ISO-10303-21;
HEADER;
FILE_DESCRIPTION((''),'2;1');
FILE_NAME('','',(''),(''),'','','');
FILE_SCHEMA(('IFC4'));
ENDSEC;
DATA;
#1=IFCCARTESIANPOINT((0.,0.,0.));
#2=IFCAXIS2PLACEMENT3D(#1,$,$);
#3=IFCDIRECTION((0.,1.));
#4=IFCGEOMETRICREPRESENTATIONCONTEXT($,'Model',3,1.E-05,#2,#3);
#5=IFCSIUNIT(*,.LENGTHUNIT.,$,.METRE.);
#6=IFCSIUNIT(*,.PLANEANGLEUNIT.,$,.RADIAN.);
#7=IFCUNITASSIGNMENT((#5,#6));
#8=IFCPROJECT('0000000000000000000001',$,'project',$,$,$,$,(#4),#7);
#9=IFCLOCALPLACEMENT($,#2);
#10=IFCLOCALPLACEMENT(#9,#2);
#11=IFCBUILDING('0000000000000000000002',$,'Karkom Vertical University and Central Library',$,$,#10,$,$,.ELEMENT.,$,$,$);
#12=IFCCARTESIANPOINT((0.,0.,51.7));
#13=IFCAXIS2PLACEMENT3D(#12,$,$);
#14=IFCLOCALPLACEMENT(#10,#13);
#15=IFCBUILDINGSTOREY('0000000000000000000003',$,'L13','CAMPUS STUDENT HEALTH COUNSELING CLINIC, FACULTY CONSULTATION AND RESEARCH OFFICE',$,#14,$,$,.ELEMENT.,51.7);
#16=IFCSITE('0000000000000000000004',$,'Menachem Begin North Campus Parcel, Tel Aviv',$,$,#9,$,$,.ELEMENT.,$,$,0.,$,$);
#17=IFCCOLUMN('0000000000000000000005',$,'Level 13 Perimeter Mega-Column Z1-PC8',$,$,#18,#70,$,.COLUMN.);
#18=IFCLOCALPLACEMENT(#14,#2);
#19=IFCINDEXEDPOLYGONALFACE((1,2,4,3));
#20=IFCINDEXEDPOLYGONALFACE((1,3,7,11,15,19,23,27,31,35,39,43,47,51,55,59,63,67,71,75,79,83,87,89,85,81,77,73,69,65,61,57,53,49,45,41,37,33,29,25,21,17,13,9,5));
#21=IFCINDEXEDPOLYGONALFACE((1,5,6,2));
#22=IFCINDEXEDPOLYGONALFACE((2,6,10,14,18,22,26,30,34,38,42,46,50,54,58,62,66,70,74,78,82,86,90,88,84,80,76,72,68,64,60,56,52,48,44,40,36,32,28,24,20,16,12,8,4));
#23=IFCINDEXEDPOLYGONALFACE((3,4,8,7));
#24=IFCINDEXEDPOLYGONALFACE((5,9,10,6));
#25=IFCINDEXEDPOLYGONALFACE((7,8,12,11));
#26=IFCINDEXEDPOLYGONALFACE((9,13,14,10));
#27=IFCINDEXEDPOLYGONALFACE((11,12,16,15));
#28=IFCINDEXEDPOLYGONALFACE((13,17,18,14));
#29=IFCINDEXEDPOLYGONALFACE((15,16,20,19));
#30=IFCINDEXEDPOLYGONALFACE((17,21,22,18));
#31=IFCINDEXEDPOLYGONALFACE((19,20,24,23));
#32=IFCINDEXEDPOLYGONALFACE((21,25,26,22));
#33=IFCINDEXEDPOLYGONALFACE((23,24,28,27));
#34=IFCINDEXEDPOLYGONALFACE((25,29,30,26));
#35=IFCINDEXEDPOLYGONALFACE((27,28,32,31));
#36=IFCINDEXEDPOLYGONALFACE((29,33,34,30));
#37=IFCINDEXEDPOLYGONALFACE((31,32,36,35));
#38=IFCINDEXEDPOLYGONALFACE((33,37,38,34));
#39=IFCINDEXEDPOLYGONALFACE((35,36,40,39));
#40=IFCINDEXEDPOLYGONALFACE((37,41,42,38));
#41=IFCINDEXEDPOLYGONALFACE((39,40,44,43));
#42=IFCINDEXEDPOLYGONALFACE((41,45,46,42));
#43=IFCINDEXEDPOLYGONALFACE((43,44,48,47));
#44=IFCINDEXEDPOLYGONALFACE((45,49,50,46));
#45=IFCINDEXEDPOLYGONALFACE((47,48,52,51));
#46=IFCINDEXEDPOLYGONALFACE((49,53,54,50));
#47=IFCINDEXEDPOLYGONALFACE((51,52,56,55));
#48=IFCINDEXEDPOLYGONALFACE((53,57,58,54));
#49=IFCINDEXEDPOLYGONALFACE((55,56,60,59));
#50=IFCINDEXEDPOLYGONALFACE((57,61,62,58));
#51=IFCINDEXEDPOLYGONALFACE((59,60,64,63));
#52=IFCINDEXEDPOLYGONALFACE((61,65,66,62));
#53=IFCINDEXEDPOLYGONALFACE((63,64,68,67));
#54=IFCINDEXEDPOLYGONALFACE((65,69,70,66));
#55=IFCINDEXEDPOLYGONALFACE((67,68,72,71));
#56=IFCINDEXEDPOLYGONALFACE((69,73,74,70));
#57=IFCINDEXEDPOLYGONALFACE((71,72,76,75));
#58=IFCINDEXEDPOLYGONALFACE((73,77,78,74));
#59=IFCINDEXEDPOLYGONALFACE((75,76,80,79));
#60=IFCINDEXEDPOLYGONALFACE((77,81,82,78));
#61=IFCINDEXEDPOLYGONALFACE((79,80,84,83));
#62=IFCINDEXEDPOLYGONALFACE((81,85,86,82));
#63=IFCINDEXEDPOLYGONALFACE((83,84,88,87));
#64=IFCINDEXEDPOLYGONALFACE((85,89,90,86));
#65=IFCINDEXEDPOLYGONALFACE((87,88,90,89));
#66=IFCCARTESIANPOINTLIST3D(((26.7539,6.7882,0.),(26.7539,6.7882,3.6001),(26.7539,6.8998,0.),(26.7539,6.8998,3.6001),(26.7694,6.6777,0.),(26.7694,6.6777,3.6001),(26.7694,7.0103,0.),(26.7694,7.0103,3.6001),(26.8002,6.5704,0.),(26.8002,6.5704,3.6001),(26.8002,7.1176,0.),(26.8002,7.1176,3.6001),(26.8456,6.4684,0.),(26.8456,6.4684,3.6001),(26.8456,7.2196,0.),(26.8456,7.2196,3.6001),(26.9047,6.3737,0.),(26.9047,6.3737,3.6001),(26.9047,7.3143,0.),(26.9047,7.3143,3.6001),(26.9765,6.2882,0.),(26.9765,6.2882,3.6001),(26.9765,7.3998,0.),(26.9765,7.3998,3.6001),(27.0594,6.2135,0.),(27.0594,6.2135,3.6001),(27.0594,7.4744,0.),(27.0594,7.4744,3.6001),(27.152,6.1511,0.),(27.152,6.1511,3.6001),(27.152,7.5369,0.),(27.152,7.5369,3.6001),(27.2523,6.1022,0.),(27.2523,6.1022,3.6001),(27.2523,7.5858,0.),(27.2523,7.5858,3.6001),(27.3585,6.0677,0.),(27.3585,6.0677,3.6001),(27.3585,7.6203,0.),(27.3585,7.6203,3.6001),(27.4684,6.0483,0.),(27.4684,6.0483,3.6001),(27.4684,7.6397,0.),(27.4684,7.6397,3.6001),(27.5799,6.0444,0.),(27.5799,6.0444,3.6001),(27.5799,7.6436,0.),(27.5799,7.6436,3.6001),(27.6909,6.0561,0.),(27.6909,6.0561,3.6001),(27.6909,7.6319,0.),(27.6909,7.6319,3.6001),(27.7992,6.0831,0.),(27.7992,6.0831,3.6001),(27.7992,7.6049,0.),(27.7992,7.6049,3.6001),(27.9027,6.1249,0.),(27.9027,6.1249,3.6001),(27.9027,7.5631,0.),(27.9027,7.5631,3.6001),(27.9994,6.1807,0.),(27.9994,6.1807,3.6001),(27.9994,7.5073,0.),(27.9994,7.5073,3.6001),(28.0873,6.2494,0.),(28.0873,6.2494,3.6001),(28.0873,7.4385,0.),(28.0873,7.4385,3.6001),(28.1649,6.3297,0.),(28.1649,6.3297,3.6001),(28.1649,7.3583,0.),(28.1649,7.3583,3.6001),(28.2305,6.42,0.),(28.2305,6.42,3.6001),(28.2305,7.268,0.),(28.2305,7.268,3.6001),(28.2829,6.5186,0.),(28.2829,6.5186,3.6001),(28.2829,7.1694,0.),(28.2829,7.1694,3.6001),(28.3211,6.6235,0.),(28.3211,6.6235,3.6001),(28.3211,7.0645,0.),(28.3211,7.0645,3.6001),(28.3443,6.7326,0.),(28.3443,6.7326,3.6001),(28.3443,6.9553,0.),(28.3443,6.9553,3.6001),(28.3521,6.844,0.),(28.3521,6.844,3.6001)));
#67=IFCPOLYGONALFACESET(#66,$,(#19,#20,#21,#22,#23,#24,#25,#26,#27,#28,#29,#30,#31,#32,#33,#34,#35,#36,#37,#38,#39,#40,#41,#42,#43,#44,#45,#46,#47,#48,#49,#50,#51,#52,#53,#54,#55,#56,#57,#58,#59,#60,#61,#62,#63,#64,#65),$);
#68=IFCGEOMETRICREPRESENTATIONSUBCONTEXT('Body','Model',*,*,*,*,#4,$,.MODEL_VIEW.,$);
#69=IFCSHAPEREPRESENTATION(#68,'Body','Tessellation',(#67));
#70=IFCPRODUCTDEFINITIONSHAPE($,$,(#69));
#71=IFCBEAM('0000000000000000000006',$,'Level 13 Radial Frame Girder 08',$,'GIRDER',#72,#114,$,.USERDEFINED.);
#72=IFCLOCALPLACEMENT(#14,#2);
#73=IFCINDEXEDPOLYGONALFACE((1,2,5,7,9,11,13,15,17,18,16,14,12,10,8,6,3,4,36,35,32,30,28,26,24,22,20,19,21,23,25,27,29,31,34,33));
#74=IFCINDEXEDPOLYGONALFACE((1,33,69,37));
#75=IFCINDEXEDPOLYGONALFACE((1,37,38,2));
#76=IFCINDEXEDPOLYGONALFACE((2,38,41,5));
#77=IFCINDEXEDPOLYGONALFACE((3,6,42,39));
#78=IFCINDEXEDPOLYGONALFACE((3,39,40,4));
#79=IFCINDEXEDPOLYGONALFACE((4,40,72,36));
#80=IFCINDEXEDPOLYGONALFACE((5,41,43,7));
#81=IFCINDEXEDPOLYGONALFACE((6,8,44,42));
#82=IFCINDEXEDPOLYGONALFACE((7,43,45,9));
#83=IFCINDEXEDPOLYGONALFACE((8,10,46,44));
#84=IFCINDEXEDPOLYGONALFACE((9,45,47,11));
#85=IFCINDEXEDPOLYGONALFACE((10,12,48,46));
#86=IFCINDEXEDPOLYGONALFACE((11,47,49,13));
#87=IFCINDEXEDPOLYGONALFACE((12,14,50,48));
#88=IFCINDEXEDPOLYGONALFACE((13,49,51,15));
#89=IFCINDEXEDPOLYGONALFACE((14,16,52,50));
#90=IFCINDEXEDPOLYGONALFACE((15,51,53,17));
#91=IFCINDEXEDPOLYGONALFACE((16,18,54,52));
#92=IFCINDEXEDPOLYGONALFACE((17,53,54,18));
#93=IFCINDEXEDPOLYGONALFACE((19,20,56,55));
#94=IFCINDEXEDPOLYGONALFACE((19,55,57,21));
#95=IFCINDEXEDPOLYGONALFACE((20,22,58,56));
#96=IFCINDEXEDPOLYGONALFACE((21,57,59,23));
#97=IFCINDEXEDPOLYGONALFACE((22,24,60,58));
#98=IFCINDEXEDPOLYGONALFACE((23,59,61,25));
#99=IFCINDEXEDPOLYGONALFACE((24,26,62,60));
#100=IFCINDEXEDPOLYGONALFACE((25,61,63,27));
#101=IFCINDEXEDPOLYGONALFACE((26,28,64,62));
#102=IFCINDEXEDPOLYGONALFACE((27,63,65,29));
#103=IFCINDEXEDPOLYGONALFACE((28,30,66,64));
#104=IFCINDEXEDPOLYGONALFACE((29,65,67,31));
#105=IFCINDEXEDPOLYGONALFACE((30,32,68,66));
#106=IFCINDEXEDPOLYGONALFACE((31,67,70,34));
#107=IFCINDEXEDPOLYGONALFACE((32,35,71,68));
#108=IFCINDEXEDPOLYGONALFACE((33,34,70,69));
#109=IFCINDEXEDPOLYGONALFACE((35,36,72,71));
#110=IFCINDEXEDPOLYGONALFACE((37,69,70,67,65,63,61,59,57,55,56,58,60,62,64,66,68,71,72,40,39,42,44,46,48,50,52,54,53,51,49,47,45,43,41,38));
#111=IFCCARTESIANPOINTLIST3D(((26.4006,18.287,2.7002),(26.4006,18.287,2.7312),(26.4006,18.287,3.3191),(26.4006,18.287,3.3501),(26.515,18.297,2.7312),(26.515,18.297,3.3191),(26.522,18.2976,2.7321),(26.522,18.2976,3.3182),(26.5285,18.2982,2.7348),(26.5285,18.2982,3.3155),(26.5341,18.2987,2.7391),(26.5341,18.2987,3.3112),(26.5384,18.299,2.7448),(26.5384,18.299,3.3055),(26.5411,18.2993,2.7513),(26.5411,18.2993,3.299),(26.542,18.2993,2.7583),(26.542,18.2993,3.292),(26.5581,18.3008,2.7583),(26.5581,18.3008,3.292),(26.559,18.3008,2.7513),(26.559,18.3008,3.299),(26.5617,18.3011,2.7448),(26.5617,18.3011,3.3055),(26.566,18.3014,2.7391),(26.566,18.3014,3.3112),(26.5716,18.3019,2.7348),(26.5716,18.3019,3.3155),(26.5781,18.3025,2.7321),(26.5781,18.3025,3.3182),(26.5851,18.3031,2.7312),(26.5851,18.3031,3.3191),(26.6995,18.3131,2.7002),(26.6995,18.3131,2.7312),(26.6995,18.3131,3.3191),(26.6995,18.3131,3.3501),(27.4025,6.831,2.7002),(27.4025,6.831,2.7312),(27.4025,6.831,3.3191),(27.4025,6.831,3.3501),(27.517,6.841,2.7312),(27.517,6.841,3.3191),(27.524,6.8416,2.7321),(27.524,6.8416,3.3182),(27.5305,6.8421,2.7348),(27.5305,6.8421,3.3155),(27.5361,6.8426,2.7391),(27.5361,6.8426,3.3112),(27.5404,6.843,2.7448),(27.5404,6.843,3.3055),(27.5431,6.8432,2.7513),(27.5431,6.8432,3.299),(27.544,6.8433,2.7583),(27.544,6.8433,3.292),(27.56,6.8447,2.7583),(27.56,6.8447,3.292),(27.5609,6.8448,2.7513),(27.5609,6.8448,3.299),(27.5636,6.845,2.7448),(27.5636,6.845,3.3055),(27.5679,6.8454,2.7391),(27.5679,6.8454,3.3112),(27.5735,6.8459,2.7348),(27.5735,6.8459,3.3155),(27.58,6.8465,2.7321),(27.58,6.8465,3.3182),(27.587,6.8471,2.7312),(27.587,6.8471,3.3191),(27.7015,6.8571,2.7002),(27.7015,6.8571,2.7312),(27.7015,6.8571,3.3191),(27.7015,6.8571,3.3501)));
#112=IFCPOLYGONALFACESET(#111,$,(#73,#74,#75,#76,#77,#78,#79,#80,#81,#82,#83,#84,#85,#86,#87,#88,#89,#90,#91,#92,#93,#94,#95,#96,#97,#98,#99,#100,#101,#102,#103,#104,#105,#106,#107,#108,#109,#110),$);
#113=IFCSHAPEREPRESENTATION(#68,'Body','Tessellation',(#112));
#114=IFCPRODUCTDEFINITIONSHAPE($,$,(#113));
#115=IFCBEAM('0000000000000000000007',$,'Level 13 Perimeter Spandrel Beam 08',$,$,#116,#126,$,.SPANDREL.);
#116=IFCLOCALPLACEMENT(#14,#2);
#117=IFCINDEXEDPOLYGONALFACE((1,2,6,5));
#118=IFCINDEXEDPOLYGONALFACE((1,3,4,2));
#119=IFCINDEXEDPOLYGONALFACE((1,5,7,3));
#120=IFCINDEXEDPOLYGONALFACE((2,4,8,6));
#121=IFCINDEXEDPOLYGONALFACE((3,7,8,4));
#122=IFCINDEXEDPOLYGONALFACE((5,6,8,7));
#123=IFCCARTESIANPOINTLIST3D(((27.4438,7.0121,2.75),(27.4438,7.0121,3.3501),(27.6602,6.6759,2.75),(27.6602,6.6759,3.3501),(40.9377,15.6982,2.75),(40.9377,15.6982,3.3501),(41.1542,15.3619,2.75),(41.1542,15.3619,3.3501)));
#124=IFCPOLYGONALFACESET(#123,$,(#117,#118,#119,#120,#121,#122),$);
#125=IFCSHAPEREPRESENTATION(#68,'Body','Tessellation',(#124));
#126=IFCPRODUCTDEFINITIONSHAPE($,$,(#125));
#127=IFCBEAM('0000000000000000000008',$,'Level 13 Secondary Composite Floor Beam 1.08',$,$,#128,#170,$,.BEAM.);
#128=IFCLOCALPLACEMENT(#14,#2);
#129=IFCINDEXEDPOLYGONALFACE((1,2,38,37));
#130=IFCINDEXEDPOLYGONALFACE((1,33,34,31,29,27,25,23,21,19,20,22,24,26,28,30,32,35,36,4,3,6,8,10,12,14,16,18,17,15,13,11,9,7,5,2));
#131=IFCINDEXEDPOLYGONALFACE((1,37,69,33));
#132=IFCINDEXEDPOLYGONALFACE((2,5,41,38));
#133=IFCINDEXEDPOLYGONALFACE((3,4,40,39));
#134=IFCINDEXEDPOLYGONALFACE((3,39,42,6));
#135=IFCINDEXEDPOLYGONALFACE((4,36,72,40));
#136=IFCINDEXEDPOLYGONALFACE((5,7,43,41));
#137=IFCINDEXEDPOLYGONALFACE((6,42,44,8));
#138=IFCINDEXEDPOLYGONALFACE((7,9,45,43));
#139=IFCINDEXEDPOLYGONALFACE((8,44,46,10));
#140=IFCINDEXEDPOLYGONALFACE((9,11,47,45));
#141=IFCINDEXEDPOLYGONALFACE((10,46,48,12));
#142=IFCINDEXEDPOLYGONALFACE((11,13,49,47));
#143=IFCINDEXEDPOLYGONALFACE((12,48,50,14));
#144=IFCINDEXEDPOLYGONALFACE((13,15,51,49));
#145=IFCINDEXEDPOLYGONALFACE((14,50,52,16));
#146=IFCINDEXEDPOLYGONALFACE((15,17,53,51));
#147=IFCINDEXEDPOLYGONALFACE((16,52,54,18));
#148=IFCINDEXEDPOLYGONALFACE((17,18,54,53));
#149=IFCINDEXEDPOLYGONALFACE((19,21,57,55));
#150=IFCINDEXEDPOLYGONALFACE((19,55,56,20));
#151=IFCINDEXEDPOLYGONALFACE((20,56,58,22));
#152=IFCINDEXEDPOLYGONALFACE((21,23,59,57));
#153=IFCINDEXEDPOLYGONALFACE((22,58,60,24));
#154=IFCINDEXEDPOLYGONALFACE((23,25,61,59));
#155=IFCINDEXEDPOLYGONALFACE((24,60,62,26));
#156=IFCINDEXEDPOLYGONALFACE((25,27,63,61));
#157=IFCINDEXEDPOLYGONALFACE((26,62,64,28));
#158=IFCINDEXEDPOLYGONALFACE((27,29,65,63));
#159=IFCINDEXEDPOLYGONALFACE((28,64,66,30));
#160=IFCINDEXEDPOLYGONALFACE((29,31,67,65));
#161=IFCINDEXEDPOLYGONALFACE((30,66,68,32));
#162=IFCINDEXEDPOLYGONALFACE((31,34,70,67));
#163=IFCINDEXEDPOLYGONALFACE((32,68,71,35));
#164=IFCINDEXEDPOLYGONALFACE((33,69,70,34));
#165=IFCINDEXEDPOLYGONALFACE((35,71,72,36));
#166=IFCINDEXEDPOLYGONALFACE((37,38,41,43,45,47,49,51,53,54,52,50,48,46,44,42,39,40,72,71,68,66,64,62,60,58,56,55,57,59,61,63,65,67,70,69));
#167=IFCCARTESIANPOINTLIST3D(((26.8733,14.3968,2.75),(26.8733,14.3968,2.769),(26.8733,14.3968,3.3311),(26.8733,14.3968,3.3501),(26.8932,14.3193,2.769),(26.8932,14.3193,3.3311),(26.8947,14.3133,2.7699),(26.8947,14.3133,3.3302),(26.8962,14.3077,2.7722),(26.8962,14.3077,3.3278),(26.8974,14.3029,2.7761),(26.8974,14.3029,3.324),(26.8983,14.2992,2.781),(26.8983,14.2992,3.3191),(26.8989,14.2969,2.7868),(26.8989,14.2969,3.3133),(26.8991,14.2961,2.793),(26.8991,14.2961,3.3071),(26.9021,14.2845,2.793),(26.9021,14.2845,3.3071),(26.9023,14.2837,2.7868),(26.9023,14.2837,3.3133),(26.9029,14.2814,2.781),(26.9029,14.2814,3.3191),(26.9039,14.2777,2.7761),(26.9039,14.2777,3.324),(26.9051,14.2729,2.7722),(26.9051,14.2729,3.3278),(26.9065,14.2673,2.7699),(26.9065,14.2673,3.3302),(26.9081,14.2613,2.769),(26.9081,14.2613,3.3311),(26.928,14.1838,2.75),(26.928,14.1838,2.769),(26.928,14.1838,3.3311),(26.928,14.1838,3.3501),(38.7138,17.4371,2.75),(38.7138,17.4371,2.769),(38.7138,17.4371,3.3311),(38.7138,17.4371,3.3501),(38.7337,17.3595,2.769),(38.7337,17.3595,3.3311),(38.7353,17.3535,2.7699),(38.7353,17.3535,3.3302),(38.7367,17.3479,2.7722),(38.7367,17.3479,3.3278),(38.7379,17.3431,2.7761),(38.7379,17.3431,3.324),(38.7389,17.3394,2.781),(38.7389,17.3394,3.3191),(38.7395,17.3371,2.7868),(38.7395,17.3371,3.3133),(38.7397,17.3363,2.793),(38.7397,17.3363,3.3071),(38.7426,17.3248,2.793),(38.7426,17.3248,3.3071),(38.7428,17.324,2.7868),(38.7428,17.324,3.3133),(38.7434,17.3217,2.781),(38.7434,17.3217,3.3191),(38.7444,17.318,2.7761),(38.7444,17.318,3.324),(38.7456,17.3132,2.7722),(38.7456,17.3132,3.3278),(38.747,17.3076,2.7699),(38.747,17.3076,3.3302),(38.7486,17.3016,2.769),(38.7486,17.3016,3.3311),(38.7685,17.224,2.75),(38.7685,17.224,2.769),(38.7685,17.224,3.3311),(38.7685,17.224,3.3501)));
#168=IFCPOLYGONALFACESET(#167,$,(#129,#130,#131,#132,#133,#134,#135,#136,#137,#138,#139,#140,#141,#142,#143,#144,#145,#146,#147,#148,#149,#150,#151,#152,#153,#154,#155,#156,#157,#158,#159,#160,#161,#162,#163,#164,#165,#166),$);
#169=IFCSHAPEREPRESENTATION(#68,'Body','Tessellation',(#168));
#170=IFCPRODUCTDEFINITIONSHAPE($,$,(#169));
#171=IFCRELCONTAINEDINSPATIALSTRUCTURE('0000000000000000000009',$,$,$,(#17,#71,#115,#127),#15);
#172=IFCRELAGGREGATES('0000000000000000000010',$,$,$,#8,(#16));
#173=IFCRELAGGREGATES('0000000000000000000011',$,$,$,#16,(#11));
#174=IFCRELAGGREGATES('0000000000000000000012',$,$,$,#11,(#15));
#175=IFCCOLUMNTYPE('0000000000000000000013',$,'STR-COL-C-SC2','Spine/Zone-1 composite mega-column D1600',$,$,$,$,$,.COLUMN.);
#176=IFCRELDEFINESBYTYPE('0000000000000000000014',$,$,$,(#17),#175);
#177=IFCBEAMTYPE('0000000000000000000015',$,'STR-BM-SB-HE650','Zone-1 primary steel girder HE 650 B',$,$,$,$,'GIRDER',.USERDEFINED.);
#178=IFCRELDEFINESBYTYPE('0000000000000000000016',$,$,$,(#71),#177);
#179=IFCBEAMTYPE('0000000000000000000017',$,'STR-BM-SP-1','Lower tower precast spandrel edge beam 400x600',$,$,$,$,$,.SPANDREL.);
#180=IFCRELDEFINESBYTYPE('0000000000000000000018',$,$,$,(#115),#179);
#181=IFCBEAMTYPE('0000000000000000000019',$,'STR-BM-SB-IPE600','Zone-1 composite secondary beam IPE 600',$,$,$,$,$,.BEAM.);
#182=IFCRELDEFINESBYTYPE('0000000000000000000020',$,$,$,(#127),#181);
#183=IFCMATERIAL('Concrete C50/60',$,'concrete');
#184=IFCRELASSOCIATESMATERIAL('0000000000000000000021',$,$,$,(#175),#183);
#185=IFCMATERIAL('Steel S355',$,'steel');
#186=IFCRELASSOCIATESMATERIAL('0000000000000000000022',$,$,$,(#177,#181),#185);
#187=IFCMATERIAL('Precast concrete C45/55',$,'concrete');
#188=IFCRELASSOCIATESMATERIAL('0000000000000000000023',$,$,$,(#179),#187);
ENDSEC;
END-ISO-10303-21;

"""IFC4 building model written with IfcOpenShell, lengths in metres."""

from ifc_helpers import new_model, si_unit, direction, frame, origin, origin_with_axes, origin_2d, place, context, subcontext, project, spatial, rectangle, circle, i_section, extrude, source, transform, mapped, material, material_profile, profile_set, type_object, element, save


model = new_model("IFC4")

# Units and contexts
model_context = context("Model", 3, precision=1e-05, world=origin(), true_north=direction((0.0, 1.0)))
body_context = subcontext(model_context, "Body", "Model", "MODEL_VIEW")
ifc_project = project(units=[si_unit("LENGTHUNIT", "METRE"), si_unit("PLANEANGLEUNIT", "RADIAN")], contexts=[model_context])

# Site, building, storey
site_placement = place(None, origin())
site = spatial("IfcSite", under=ifc_project, at=site_placement, Name="Menachem Begin North Campus Parcel, Tel Aviv", CompositionType="ELEMENT", RefElevation=0.0)
building_placement = place(site_placement, origin())
building = spatial("IfcBuilding", under=site, at=building_placement, Name="Karkom Vertical University and Central Library", CompositionType="ELEMENT")
storey_placement = place(building_placement, frame((0.0, 0.0, 51.7)))
storey = spatial("IfcBuildingStorey", under=building, at=storey_placement, Name="L13", Description="CAMPUS STUDENT HEALTH COUNSELING CLINIC, FACULTY CONSULTATION AND RESEARCH OFFICE", CompositionType="ELEMENT", Elevation=51.7)

# Column
ifc_material_1 = material(Name="Concrete C50/60", Category="concrete")
ifc_material_profile_1 = material_profile(ifc_material_1, circle(Radius=0.8, at=origin_2d()), Name="CFT-D1600")
ifc_profile_set_1 = profile_set([ifc_material_profile_1], Name="Concrete C50/60")
column_type = type_object("IfcColumnType", Name="STR-COL-C-SC2", Description="Spine/Zone-1 composite mega-column D1600", PredefinedType="COLUMN", material=ifc_profile_set_1)
shared_shape_1 = source(origin_with_axes(), body_context, "Body", "SweptSolid", [
    extrude(circle(Radius=0.8, at=origin_2d()), origin(), (0.0, 0.0, 1.0), 3.6001),
])
column_placement = place(storey_placement, frame((27.552, 6.844, 0.0), z_axis=(0.0, 0.0, 1.0), x_axis=(1.0, 0.0, 0.0)))
element("IfcColumn", 1, at=column_placement, inside=storey, type_object=column_type, Name="Level 13 Perimeter Mega-Column Z1-PC8", PredefinedType="COLUMN", context=body_context, shape_type="MappedRepresentation", body=[
    mapped(shared_shape_1, transform((0.0, 0.0, 0.0), scale=1.0)),
])

# Beams
ifc_material_2 = material(Name="Steel S355", Category="steel")
ifc_material_profile_2 = material_profile(ifc_material_2, i_section(OverallWidth=0.3, OverallDepth=0.6499, WebThickness=0.0161, FlangeThickness=0.031, FilletRadius=0.0271, at=origin_2d()), Name="HE 650 B")
ifc_profile_set_2 = profile_set([ifc_material_profile_2], Name="Steel S355")
beam_type_1 = type_object("IfcBeamType", Name="STR-BM-SB-HE650", Description="Zone-1 primary steel girder HE 650 B", ElementType="GIRDER", PredefinedType="USERDEFINED", material=ifc_profile_set_2)
shared_shape_2 = source(origin_with_axes(), body_context, "Body", "SweptSolid", [
    extrude(i_section(OverallWidth=0.3, OverallDepth=0.6499, WebThickness=0.0161, FlangeThickness=0.031, FilletRadius=0.0271, at=origin_2d()), origin(), (0.0, 0.0, 1.0), 11.4998),
])
beam_1_placement = place(storey_placement, frame((26.55, 18.3, 3.0251), z_axis=(0.087128, -0.996197, 0.0), x_axis=(0.996197, 0.087128, 0.0)))
element("IfcBeam", 2, at=beam_1_placement, inside=storey, type_object=beam_type_1, Name="Level 13 Radial Frame Girder 08", ObjectType="GIRDER", PredefinedType="USERDEFINED", context=body_context, shape_type="MappedRepresentation", body=[
    mapped(shared_shape_2, transform((0.0, 0.0, 0.0), scale=1.0)),
])
ifc_material_3 = material(Name="Precast concrete C45/55", Category="concrete")
ifc_material_profile_3 = material_profile(ifc_material_3, rectangle(XDim=0.3999, YDim=0.6001, at=origin_2d()), Name="SPB-400x600")
ifc_profile_set_3 = profile_set([ifc_material_profile_3], Name="Precast concrete C45/55")
beam_type_2 = type_object("IfcBeamType", Name="STR-BM-SP-1", Description="Lower tower precast spandrel edge beam 400x600", PredefinedType="SPANDREL", material=ifc_profile_set_3)
shared_shape_3 = source(origin_with_axes(), body_context, "Body", "SweptSolid", [
    extrude(rectangle(XDim=0.3999, YDim=0.6001, at=origin_2d()), origin(), (0.0, 0.0, 1.0), 16.0479),
])
beam_2_placement = place(storey_placement, frame((27.552, 6.844, 3.05), z_axis=(0.840856, 0.54126, 0.0), x_axis=(-0.54126, 0.840856, 0.0)))
element("IfcBeam", 3, at=beam_2_placement, inside=storey, type_object=beam_type_2, Name="Level 13 Perimeter Spandrel Beam 08", PredefinedType="SPANDREL", context=body_context, shape_type="MappedRepresentation", body=[
    mapped(shared_shape_3, transform((0.0, 0.0, 0.0), scale=1.0)),
])
ifc_material_profile_4 = material_profile(ifc_material_2, i_section(OverallWidth=0.22, OverallDepth=0.6001, WebThickness=0.012, FlangeThickness=0.019, FilletRadius=0.0239, at=origin_2d()), Name="IPE 600")
ifc_profile_set_4 = profile_set([ifc_material_profile_4], Name="Steel S355")
beam_type_3 = type_object("IfcBeamType", Name="STR-BM-SB-IPE600", Description="Zone-1 composite secondary beam IPE 600", PredefinedType="BEAM", material=ifc_profile_set_4)
shared_shape_4 = source(origin_with_axes(), body_context, "Body", "SweptSolid", [
    extrude(i_section(OverallWidth=0.22, OverallDepth=0.6001, WebThickness=0.012, FlangeThickness=0.019, FilletRadius=0.0239, at=origin_2d()), origin(), (0.0, 0.0, 1.0), 12.2246),
])
beam_3_placement = place(storey_placement, frame((26.9006, 14.2903, 3.05), z_axis=(0.96858, 0.248701, 0.0), x_axis=(-0.248701, 0.96858, 0.0)))
element("IfcBeam", 4, at=beam_3_placement, inside=storey, type_object=beam_type_3, Name="Level 13 Secondary Composite Floor Beam 1.08", PredefinedType="BEAM", context=body_context, shape_type="MappedRepresentation", body=[
    mapped(shared_shape_4, transform((0.0, 0.0, 0.0), scale=1.0)),
])

save(model, "model.ifc")
